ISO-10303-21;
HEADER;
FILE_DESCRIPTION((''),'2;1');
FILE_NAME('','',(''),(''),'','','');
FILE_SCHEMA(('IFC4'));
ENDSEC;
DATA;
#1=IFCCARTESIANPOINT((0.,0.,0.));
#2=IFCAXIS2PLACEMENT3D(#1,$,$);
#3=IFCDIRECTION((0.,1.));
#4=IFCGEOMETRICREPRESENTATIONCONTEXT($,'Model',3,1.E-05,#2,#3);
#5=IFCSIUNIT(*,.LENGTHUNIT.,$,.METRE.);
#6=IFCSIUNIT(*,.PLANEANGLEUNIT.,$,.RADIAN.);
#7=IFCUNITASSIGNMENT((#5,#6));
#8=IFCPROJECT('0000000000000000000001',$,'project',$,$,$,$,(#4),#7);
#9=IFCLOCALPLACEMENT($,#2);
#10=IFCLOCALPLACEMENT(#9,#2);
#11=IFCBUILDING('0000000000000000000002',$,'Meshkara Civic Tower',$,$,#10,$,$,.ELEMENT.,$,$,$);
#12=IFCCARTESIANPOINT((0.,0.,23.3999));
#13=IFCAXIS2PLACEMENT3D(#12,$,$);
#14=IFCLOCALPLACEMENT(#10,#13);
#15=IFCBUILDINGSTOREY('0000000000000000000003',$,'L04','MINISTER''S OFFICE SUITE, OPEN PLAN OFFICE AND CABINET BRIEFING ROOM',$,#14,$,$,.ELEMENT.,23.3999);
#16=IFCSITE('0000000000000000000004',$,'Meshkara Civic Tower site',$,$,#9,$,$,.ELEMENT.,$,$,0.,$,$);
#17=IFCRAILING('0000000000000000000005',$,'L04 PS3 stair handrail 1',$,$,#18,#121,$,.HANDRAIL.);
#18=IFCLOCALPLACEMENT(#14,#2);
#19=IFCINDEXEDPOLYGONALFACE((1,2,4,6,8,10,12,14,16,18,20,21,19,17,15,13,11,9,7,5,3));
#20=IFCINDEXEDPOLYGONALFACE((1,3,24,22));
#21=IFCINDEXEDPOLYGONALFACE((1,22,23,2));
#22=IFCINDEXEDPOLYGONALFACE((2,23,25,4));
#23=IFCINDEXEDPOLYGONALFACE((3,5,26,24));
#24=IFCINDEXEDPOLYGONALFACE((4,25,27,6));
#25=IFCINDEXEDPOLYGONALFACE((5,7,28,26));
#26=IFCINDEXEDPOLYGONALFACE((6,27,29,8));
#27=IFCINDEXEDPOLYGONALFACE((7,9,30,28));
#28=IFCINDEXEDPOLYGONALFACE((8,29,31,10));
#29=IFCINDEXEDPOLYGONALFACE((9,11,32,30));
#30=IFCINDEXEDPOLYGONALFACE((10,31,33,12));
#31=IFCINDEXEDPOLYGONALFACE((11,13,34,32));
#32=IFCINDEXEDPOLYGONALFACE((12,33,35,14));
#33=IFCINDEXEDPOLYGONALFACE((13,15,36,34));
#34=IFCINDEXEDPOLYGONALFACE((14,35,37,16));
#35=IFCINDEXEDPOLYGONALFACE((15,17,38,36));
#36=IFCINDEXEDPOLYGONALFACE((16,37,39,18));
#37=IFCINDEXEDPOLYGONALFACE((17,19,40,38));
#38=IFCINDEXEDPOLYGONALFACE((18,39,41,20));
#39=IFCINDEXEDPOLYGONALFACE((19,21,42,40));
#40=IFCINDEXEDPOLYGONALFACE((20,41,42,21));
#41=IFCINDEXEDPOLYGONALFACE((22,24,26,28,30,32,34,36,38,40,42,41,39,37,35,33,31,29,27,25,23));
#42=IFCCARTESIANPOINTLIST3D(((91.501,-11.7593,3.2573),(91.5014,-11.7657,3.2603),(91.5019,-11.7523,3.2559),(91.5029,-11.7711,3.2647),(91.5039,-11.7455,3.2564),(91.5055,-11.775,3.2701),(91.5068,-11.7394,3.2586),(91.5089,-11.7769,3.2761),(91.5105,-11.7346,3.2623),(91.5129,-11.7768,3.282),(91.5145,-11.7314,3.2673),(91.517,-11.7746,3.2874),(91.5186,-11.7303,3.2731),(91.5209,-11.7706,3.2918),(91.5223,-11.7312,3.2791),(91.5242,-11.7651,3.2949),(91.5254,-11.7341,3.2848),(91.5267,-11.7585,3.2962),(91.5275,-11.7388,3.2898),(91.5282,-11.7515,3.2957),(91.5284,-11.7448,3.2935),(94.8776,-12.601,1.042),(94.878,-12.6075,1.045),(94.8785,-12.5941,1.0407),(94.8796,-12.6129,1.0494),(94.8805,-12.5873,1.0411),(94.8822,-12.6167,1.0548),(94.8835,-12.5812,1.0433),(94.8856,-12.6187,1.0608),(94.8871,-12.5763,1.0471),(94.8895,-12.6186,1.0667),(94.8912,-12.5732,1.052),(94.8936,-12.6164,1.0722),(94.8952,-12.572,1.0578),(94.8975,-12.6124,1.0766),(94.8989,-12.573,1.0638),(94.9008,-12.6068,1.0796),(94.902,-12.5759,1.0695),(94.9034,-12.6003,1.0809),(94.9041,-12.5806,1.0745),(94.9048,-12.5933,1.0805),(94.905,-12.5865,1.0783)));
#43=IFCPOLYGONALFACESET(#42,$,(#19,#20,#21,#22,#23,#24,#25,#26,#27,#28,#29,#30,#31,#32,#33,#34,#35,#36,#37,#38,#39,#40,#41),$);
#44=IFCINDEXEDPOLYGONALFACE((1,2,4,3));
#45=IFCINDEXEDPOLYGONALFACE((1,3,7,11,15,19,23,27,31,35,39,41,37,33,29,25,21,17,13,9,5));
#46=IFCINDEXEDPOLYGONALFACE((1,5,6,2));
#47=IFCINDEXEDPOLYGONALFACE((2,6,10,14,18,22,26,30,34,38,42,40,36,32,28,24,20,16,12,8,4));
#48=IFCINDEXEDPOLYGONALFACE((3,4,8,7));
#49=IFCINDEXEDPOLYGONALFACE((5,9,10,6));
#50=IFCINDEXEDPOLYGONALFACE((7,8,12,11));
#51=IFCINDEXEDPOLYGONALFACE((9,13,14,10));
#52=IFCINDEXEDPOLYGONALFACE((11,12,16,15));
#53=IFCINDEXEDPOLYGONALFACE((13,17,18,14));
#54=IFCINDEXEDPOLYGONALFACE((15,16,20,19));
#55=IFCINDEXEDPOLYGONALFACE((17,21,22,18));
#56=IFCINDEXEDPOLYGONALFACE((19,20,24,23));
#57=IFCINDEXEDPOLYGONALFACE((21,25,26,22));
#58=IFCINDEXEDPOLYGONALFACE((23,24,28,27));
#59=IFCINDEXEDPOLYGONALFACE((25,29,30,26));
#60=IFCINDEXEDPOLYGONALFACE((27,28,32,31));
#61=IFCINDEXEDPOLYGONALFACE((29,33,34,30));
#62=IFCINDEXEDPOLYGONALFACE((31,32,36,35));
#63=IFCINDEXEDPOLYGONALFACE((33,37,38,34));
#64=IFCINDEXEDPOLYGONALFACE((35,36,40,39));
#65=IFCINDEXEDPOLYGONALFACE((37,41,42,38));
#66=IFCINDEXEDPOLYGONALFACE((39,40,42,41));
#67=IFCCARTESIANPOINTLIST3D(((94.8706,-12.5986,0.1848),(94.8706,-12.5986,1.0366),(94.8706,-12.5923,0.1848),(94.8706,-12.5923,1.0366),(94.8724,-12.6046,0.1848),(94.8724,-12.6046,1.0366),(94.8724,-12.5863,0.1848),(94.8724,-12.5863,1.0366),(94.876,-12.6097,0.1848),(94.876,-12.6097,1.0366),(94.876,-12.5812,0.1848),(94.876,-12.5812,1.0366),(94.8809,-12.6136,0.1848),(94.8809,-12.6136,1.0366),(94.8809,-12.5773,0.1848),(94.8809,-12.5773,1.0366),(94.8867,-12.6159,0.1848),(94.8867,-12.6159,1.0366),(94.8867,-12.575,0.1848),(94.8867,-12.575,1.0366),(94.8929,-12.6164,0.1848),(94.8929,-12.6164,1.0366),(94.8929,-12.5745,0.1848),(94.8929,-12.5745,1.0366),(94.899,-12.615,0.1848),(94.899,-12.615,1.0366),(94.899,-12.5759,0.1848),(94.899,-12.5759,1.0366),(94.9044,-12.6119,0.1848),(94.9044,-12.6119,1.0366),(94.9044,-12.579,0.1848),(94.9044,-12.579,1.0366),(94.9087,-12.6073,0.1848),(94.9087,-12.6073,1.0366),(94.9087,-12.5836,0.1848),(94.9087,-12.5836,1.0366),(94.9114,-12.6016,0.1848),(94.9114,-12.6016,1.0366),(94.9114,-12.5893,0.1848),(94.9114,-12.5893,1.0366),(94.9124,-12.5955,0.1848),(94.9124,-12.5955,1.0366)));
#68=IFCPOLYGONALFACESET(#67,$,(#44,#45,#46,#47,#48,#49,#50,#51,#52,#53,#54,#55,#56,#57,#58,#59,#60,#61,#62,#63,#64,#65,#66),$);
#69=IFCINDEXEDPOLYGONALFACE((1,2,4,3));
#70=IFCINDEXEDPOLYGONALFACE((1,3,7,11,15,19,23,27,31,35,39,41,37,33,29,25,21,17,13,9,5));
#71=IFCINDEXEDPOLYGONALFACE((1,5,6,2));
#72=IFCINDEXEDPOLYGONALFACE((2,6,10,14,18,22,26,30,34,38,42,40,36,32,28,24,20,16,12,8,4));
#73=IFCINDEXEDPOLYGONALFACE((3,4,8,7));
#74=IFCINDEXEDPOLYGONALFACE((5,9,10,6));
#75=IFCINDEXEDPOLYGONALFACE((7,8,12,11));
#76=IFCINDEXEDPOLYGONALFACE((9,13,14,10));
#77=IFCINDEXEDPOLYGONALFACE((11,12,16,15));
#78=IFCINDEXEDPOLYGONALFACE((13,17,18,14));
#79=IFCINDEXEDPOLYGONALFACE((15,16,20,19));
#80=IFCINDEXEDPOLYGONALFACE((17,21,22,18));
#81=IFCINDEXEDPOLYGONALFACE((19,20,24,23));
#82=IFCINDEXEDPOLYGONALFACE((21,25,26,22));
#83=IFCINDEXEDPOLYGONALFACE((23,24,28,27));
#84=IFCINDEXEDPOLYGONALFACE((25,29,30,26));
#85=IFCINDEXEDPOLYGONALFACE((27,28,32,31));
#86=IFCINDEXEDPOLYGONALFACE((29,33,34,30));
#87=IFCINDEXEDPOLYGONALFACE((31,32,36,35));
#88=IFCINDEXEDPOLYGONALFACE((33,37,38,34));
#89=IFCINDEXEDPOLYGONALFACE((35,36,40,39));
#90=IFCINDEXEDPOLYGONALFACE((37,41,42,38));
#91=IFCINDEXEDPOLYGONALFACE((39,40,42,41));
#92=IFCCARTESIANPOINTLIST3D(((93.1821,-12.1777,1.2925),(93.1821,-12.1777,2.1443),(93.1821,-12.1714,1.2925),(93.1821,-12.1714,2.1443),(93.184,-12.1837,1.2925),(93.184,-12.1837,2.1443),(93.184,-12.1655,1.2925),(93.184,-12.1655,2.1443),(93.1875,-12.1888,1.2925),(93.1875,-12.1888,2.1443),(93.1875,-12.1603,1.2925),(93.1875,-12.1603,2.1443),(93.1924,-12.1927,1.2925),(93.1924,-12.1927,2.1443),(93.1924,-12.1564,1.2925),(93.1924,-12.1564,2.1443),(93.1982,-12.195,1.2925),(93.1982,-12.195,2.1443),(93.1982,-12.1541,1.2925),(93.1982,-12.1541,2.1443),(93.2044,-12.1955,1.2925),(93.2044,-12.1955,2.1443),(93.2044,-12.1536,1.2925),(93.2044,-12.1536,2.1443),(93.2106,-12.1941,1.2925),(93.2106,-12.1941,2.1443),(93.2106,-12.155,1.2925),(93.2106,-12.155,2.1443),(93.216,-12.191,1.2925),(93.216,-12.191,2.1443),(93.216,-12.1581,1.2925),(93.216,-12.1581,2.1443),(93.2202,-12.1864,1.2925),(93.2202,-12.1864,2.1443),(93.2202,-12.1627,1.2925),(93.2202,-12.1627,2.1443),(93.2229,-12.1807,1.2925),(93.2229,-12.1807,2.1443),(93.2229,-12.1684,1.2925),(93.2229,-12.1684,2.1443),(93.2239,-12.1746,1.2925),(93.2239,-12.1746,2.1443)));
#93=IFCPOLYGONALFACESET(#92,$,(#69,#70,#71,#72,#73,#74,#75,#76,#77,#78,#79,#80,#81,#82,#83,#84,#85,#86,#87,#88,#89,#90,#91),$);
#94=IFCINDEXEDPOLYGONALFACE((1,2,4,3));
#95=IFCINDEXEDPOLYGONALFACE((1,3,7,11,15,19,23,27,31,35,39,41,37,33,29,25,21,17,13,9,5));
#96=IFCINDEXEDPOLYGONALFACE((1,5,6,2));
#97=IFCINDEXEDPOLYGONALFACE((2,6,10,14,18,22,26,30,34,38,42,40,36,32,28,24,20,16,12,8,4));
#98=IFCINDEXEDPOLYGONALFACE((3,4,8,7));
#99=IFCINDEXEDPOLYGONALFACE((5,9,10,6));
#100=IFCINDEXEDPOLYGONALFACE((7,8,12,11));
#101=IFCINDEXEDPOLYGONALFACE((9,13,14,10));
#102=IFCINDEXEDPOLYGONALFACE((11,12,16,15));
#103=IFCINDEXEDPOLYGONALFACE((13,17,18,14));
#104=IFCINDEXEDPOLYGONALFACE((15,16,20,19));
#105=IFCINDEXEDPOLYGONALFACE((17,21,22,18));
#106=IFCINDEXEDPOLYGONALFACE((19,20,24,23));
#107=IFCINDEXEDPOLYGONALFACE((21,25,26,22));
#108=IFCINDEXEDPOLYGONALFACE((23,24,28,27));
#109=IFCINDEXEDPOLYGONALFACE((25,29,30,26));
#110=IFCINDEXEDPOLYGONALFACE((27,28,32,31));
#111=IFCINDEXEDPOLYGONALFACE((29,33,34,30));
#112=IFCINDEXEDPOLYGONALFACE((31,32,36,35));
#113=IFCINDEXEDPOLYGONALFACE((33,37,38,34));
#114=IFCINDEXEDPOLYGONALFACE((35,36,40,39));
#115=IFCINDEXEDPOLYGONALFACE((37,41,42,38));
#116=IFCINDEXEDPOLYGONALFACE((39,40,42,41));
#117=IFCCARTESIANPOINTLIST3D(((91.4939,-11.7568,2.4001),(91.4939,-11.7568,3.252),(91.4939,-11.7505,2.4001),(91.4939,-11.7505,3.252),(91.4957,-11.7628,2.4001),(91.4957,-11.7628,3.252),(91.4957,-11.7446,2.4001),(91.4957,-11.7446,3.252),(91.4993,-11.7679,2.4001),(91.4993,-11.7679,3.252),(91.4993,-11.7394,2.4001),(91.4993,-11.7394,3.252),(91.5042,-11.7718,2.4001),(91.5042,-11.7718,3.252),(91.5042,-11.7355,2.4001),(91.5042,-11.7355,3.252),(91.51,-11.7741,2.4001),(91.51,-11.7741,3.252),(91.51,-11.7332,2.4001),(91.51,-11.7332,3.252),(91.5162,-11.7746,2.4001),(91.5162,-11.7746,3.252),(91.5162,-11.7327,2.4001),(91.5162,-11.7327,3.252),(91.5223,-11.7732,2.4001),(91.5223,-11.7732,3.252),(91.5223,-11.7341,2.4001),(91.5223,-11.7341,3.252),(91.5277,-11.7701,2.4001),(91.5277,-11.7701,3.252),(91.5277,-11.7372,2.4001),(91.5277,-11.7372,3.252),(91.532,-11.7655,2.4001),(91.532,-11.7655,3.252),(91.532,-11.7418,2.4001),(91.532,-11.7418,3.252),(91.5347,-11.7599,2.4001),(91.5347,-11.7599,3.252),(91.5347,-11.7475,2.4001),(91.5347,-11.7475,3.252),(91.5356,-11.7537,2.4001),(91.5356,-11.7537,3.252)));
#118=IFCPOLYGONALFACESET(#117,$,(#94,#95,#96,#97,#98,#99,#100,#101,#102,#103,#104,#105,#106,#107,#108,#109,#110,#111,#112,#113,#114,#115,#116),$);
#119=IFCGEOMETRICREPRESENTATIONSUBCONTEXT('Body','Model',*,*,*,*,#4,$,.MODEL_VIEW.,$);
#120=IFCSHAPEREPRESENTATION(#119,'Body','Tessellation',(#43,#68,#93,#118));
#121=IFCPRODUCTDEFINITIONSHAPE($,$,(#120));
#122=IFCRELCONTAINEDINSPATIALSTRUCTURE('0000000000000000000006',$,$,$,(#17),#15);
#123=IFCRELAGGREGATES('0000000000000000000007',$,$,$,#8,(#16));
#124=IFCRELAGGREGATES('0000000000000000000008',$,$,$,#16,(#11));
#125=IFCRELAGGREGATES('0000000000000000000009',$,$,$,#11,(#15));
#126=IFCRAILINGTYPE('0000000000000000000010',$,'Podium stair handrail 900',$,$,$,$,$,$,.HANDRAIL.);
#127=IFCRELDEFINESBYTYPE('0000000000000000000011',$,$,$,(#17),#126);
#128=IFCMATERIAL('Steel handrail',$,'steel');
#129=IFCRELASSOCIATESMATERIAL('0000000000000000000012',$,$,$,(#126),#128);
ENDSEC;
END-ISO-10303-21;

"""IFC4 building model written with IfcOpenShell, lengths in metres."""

from ifc_helpers import new_model, si_unit, direction, frame, origin, origin_2d, place, context, subcontext, project, spatial, circle, extrude, material, type_object, element, save


model = new_model("IFC4")

# Units and contexts
model_context = context("Model", 3, precision=1e-05, world=origin(), true_north=direction((0.0, 1.0)))
body_context = subcontext(model_context, "Body", "Model", "MODEL_VIEW")
ifc_project = project(units=[si_unit("LENGTHUNIT", "METRE"), si_unit("PLANEANGLEUNIT", "RADIAN")], contexts=[model_context])

# Site, building, storey
site_placement = place(None, origin())
site = spatial("IfcSite", under=ifc_project, at=site_placement, Name="Meshkara Civic Tower site", CompositionType="ELEMENT", RefElevation=0.0)
building_placement = place(site_placement, origin())
building = spatial("IfcBuilding", under=site, at=building_placement, Name="Meshkara Civic Tower", CompositionType="ELEMENT")
storey_placement = place(building_placement, frame((0.0, 0.0, 23.3999)))
storey = spatial("IfcBuildingStorey", under=building, at=storey_placement, Name="L04", Description="MINISTER'S OFFICE SUITE, OPEN PLAN OFFICE AND CABINET BRIEFING ROOM", CompositionType="ELEMENT", Elevation=23.3999)

# Railing
ifc_material_1 = material(Name="Steel handrail", Category="steel")
railing_type_1 = type_object("IfcRailingType", Name="Podium stair handrail 900", PredefinedType="HANDRAIL", material=ifc_material_1)
railing_1_placement = place(storey_placement, frame((94.8914, -12.5955, 0.1848)))
element("IfcRailing", 1, at=railing_1_placement, inside=storey, type_object=railing_type_1, Name="L04 PS3 stair handrail 1", PredefinedType="HANDRAIL", context=body_context, shape_type="SweptSolid", body=[
    extrude(circle(Radius=0.0239, at=origin_2d()), frame((0.0, 0.0, 0.876), z_axis=(-0.818527, 0.204055, 0.537005), x_axis=(-0.241892, -0.970303, 0.0)), (0.0, 0.0, 1.0), 4.1252),
    extrude(circle(Radius=0.021, at=origin_2d()), origin(), (0.0, 0.0, 1.0), 0.8518),
    extrude(circle(Radius=0.021, at=origin_2d()), frame((-1.6885, 0.4209, 1.1077)), (0.0, 0.0, 1.0), 0.8518),
    extrude(circle(Radius=0.021, at=origin_2d()), frame((-3.3767, 0.8418, 2.2153)), (0.0, 0.0, 1.0), 0.8518),
])

save(model, "model.ifc")
